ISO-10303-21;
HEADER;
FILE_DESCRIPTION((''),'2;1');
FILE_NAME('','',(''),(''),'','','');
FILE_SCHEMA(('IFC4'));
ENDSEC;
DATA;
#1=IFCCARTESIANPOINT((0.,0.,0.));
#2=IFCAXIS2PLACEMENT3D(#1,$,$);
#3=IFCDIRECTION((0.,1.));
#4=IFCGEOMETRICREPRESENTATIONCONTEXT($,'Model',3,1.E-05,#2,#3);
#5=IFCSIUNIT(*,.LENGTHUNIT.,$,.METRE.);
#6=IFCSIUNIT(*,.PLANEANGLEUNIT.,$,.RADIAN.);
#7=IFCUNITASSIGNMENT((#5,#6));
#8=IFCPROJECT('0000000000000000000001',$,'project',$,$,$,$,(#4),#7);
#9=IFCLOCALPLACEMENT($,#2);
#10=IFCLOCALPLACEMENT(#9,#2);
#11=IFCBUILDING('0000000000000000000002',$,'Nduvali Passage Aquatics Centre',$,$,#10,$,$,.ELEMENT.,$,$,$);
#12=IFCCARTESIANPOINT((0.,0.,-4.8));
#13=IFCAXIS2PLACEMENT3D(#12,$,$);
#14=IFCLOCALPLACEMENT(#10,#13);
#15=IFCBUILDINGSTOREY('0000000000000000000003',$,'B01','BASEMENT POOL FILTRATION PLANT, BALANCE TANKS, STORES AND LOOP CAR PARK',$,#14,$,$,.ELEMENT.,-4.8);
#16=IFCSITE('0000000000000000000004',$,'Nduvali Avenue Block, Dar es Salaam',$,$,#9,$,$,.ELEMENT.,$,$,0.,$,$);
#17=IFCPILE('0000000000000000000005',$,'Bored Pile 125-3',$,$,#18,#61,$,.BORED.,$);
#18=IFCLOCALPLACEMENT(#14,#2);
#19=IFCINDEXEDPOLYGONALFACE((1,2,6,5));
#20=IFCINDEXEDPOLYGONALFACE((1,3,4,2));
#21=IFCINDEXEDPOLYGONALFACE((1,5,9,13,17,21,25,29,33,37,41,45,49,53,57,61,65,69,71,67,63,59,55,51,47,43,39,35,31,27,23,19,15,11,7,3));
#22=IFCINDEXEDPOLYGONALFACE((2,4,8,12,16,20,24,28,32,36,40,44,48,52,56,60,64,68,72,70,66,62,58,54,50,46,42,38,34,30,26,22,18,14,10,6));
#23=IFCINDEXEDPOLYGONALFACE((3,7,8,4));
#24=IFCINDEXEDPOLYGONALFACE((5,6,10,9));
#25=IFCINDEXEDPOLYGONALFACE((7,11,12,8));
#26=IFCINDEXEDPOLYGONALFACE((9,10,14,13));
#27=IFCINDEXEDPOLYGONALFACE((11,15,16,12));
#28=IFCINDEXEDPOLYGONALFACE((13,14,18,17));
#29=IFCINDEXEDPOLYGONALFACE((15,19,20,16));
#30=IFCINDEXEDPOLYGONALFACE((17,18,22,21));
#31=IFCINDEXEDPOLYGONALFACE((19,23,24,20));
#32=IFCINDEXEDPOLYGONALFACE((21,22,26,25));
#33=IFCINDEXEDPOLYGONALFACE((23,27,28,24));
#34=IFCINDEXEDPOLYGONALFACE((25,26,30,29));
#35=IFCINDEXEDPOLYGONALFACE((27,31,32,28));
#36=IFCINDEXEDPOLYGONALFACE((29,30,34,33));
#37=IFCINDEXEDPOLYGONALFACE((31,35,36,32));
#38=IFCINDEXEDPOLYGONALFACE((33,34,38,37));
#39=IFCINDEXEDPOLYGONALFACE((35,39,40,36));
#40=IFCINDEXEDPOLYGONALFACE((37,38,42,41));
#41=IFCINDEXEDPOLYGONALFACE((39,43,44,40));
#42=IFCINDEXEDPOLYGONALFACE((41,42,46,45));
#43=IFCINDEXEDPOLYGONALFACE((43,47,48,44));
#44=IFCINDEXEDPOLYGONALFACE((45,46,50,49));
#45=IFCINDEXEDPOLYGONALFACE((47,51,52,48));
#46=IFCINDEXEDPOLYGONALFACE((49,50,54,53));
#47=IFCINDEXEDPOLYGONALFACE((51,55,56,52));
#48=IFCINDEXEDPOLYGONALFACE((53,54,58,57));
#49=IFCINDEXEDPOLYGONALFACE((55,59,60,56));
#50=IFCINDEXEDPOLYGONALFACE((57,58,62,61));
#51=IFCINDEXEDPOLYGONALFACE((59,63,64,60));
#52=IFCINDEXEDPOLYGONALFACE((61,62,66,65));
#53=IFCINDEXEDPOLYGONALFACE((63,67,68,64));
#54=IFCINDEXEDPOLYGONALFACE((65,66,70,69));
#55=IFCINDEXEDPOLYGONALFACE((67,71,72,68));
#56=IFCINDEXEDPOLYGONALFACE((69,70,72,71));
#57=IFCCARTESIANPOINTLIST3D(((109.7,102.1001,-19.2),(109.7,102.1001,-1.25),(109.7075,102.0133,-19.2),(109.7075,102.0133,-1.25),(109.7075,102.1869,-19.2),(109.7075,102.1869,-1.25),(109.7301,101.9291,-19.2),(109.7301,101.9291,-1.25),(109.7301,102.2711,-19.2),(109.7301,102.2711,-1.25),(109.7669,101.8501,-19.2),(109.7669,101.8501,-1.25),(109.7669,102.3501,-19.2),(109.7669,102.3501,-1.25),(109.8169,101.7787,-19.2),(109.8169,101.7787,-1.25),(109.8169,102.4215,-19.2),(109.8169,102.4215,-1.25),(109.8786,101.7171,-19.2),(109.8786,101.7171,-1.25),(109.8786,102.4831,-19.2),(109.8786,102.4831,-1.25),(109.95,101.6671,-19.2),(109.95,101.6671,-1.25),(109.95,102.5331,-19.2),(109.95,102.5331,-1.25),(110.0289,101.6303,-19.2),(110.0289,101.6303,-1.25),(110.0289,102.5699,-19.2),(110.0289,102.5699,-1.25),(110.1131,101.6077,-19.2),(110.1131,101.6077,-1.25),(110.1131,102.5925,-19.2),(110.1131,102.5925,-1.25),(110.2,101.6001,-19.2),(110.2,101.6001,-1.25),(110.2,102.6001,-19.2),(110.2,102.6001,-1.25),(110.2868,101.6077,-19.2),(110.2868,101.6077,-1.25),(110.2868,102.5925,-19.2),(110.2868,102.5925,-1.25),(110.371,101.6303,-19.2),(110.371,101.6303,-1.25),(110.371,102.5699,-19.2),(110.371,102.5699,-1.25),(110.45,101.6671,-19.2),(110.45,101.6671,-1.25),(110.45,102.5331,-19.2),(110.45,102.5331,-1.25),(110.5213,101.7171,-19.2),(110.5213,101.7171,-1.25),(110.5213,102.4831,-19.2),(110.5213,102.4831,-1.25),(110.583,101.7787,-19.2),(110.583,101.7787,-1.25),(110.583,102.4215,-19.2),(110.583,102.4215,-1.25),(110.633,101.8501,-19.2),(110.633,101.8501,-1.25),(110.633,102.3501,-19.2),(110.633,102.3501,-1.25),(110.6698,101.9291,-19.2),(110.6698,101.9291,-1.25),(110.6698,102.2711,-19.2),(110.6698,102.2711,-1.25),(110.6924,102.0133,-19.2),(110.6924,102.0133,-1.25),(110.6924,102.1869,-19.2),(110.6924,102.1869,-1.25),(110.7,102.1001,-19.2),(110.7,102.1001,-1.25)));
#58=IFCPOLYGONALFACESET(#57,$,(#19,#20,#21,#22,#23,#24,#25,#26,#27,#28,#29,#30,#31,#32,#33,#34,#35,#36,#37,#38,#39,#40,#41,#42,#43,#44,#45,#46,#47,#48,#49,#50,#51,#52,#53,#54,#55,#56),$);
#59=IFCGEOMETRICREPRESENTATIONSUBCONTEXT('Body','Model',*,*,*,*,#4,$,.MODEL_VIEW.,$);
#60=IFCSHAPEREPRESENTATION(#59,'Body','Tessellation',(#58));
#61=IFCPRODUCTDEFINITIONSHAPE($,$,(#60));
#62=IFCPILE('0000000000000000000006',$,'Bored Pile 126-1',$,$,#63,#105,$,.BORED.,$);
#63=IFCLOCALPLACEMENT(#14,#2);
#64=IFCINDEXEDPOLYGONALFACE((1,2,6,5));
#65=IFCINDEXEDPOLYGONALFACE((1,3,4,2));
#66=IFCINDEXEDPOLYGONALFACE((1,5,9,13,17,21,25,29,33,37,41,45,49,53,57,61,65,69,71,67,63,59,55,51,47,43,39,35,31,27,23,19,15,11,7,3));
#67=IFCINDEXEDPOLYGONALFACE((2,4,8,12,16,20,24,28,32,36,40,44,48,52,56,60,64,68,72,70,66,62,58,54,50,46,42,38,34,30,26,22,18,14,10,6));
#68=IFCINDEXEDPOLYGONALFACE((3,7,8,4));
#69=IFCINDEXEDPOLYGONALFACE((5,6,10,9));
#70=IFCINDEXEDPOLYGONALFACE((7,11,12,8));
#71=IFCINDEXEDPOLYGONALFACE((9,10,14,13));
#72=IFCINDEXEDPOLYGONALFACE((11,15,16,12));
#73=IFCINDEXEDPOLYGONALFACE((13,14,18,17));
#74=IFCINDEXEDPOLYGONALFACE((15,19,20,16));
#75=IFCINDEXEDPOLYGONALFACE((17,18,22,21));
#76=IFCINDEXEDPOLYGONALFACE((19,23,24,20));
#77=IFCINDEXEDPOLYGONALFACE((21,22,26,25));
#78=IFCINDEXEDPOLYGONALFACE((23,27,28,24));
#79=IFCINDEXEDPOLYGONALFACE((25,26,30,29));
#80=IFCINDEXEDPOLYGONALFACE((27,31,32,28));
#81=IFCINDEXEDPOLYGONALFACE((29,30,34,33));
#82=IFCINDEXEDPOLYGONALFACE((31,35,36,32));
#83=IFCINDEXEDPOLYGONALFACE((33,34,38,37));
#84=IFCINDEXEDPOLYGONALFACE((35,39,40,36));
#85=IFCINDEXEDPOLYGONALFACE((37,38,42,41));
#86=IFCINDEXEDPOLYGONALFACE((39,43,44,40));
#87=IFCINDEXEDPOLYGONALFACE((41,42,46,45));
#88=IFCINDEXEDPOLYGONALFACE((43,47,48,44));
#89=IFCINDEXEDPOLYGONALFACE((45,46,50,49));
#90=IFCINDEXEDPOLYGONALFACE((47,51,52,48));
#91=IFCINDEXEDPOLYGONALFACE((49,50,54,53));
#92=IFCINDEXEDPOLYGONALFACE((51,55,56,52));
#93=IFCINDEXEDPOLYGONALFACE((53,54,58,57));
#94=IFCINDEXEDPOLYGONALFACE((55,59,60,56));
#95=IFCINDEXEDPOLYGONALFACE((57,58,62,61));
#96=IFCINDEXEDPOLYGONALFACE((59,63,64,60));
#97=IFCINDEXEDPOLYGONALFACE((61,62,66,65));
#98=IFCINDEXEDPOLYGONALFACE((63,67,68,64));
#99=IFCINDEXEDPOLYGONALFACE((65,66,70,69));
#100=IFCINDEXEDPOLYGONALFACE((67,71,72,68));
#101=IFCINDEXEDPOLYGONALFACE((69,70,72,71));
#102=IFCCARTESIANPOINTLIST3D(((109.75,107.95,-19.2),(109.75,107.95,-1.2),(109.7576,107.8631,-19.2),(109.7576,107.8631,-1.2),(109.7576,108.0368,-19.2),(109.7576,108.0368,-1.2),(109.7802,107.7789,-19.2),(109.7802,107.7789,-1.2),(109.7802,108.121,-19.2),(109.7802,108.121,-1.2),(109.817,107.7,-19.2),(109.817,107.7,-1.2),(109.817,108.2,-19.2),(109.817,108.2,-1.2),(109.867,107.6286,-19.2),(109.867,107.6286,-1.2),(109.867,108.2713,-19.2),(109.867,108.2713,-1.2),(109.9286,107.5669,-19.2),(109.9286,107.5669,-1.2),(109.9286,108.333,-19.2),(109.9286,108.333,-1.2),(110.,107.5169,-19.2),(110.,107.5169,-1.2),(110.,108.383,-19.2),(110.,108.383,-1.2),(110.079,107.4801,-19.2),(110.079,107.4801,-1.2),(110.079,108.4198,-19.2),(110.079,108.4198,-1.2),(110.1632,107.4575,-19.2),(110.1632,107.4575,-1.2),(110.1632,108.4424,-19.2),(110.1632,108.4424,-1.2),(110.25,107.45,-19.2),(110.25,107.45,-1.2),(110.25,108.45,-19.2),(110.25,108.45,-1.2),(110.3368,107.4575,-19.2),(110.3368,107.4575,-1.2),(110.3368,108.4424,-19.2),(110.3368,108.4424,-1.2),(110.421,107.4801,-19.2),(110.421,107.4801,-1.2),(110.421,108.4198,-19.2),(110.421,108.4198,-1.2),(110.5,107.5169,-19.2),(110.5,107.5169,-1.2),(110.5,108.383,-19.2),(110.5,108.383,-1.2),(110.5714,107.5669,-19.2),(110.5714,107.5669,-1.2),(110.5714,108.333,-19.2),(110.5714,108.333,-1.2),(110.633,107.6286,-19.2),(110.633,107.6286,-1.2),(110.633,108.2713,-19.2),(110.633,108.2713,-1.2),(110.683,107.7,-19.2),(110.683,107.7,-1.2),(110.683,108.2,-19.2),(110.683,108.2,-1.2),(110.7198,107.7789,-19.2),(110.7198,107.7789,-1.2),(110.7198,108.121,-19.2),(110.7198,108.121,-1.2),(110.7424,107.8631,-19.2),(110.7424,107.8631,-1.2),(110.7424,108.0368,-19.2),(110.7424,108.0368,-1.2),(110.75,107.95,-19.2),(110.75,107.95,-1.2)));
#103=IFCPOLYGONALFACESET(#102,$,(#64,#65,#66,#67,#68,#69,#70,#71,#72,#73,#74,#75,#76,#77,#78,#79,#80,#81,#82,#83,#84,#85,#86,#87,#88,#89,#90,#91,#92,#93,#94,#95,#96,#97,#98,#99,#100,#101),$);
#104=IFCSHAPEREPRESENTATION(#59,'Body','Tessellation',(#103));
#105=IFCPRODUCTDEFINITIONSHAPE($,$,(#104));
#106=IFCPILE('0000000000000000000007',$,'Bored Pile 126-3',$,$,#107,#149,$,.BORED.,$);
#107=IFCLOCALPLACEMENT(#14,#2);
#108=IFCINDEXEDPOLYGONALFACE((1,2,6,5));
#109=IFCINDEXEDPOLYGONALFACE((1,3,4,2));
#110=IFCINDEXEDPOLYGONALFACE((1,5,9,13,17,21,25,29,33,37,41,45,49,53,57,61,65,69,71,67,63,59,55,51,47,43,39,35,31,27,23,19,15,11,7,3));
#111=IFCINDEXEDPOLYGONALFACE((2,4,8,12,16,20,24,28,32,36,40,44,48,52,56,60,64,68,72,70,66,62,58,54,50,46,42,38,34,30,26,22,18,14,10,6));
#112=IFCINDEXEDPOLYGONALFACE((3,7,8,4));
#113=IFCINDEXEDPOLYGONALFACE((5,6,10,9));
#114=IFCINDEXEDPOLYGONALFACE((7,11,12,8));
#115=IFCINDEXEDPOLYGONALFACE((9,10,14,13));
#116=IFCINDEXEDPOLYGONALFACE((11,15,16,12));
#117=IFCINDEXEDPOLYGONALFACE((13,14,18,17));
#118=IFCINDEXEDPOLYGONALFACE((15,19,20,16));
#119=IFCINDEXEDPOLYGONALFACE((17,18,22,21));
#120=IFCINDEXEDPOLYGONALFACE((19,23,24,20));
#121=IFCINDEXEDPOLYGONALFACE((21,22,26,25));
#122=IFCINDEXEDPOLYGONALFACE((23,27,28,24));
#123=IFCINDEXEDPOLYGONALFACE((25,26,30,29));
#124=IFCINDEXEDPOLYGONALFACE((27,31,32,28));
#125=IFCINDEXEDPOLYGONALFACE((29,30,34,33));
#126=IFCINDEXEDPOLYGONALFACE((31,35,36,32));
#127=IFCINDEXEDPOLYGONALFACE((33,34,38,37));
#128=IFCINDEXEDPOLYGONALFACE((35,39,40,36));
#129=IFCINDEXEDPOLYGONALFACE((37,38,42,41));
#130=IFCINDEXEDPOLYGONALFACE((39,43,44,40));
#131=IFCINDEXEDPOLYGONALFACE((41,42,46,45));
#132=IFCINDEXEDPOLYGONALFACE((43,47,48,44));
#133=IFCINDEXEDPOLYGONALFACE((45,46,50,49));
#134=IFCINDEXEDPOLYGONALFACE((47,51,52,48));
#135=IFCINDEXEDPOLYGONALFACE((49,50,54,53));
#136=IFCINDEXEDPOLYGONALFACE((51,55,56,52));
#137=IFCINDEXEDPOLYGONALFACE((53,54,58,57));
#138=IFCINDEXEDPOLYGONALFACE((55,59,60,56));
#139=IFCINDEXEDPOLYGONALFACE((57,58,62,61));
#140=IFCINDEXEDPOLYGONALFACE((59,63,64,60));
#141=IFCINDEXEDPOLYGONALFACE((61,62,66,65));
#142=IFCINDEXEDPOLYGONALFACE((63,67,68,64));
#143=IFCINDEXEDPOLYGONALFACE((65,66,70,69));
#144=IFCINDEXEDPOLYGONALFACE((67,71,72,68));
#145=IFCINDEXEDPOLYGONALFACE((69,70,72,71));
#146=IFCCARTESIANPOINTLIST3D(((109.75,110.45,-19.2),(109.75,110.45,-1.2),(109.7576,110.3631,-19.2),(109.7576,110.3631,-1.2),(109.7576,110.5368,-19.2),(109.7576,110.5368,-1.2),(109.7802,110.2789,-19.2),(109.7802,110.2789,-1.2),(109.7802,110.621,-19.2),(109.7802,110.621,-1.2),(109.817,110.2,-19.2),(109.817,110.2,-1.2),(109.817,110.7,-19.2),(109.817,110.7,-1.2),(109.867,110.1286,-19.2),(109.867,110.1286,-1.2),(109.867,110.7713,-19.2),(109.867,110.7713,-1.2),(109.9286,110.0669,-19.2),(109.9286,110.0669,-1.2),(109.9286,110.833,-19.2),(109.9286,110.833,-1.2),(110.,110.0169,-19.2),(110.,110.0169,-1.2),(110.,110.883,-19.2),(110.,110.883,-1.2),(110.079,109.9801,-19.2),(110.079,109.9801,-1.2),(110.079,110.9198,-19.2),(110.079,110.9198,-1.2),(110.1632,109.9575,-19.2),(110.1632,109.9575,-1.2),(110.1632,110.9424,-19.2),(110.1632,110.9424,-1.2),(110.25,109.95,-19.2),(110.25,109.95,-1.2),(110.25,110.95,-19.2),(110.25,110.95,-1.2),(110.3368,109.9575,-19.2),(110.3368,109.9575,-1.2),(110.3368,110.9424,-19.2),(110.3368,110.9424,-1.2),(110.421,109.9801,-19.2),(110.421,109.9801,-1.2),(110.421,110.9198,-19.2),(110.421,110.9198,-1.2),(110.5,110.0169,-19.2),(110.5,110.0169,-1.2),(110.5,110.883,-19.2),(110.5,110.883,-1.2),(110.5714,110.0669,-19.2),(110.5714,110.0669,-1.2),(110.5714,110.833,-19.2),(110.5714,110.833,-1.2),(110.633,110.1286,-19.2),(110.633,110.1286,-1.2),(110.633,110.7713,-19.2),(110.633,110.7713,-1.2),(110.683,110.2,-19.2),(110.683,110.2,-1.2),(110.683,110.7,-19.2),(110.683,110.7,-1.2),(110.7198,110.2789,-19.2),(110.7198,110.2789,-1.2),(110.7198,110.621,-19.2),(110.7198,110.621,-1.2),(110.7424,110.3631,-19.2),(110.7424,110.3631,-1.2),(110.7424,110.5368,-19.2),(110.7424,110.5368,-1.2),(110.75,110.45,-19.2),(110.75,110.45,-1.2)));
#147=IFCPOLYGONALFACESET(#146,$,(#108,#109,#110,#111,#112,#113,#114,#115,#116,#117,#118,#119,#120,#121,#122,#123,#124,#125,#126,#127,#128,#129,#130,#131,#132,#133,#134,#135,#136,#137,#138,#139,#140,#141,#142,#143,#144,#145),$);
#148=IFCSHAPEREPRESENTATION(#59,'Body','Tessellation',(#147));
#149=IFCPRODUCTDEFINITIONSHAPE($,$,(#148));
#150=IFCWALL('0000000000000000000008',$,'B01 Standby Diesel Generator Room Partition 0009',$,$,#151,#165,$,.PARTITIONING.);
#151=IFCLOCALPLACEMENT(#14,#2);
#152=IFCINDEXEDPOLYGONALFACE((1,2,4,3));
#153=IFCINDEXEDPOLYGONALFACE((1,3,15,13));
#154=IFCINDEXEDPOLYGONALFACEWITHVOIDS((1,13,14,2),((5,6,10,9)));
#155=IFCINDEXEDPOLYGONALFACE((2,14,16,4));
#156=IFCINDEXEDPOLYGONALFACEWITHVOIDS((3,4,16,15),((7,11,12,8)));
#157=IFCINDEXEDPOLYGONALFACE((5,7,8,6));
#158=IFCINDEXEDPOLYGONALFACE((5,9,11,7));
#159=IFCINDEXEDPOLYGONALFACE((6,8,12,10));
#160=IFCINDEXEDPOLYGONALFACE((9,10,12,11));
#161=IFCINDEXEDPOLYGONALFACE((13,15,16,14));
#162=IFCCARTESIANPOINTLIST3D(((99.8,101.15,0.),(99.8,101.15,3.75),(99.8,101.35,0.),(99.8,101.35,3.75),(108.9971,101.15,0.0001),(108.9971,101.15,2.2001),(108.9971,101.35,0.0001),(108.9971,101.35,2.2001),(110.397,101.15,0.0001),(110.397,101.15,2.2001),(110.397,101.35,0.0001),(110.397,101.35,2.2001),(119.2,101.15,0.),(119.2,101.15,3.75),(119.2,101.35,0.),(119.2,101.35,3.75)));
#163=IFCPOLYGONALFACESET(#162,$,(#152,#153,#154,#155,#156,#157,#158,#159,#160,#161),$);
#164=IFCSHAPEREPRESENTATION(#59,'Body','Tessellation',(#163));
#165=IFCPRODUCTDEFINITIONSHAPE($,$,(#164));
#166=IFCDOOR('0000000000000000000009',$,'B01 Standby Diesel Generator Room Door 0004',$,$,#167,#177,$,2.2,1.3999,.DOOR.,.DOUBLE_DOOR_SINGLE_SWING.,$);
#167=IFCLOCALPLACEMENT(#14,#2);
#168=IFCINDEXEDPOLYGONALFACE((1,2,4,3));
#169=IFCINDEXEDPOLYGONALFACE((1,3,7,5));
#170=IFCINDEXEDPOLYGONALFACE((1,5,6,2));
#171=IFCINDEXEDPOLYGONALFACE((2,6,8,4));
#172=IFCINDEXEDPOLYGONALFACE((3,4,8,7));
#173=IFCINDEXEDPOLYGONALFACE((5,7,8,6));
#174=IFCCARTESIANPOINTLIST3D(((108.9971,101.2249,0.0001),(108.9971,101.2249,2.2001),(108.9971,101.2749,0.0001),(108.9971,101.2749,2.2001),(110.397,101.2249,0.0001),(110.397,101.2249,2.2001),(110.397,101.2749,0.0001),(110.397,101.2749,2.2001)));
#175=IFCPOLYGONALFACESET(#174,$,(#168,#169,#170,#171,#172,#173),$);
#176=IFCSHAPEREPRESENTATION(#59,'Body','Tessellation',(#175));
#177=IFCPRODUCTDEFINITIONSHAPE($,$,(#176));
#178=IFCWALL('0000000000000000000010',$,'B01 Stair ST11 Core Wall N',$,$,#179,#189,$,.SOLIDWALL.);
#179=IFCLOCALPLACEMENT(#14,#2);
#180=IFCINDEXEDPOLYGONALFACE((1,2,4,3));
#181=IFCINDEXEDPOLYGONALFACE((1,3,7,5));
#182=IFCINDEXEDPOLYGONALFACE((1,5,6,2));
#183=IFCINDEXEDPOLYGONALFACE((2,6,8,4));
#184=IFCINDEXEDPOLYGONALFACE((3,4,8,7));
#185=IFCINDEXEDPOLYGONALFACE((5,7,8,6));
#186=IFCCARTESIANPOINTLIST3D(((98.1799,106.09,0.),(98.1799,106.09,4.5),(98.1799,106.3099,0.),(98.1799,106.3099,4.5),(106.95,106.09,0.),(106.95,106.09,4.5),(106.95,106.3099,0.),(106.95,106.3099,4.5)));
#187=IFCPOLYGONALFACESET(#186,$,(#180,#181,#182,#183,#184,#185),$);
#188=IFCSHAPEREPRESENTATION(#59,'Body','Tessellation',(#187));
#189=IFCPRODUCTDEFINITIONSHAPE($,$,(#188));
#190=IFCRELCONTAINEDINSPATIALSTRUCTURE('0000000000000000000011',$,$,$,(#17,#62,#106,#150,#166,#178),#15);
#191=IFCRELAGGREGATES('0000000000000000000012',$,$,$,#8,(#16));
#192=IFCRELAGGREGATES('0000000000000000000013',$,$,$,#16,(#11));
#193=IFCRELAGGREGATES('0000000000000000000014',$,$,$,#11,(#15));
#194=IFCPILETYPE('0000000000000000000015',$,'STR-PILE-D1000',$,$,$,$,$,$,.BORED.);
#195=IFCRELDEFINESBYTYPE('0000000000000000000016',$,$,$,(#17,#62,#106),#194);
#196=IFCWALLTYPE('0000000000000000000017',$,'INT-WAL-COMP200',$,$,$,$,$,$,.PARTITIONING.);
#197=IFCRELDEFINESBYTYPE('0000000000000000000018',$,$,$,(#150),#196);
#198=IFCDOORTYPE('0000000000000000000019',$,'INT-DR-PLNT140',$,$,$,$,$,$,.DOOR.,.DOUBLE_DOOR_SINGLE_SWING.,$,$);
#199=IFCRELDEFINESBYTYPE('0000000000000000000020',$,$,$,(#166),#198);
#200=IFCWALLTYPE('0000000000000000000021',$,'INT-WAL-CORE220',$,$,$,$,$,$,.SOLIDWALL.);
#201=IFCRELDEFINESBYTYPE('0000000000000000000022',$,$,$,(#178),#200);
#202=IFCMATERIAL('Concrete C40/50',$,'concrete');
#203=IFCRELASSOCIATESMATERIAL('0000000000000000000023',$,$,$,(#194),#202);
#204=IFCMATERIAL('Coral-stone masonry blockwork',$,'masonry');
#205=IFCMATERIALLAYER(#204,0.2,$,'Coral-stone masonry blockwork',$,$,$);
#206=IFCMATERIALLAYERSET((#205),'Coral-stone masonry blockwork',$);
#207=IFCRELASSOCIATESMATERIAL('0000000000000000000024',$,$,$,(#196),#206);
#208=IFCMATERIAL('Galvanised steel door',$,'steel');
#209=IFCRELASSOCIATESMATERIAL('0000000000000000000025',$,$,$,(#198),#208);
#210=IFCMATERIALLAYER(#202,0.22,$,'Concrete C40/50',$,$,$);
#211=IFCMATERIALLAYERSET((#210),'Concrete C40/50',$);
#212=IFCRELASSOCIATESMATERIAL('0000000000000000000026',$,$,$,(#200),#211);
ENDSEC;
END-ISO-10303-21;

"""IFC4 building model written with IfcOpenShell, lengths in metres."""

from ifc_helpers import new_model, si_unit, direction, frame, frame_2d, origin, origin_2d, place, context, subcontext, project, spatial, rectangle, circle, extrude, material, layer, layer_set, material_profile, profile_set, type_object, element, fill, save


model = new_model("IFC4")

# Units and contexts
model_context = context("Model", 3, precision=1e-05, world=origin(), true_north=direction((0.0, 1.0)))
body_context = subcontext(model_context, "Body", "Model", "MODEL_VIEW")
ifc_project = project(units=[si_unit("LENGTHUNIT", "METRE"), si_unit("PLANEANGLEUNIT", "RADIAN")], contexts=[model_context])

# Site, building, storey
site_placement = place(None, origin())
site = spatial("IfcSite", under=ifc_project, at=site_placement, Name="Nduvali Avenue Block, Dar es Salaam", CompositionType="ELEMENT", RefElevation=0.0)
building_placement = place(site_placement, origin())
building = spatial("IfcBuilding", under=site, at=building_placement, Name="Nduvali Passage Aquatics Centre", CompositionType="ELEMENT")
storey_placement = place(building_placement, frame((0.0, 0.0, -4.8)))
storey = spatial("IfcBuildingStorey", under=building, at=storey_placement, Name="B01", Description="BASEMENT POOL FILTRATION PLANT, BALANCE TANKS, STORES AND LOOP CAR PARK", CompositionType="ELEMENT", Elevation=-4.8)

# Shared definitions
ifc_material_1 = material(Name="Concrete C40/50", Category="concrete")

# Piles
ifc_material_profile = material_profile(ifc_material_1, circle(Radius=0.5, at=origin_2d()), Name="PILE D1000")
ifc_profile_set = profile_set([ifc_material_profile], Name="Concrete C40/50")
pile_type = type_object("IfcPileType", Name="STR-PILE-D1000", PredefinedType="BORED", material=ifc_profile_set)
pile_1_placement = place(storey_placement, frame((110.2, 102.1001, -1.25), z_axis=(0.0, 0.0, -1.0), x_axis=(1.0, 0.0, 0.0)))
element("IfcPile", 1, at=pile_1_placement, inside=storey, type_object=pile_type, Name="Bored Pile 125-3", PredefinedType="BORED", context=body_context, shape_type="SweptSolid", body=[
    extrude(circle(Radius=0.5, at=origin_2d()), origin(), (0.0, 0.0, 1.0), 17.95),
])
for number, where, z_axis, x_axis, name in (
    (2, (110.25, 107.95, -1.2), (0.0, 0.0, -1.0), (1.0, 0.0, 0.0), "Bored Pile 126-1"),
    (3, (110.25, 110.45, -1.2), (0.0, 0.0, -1.0), (1.0, 0.0, 0.0), "Bored Pile 126-3"),
):
    element("IfcPile", number, at=place(storey_placement, frame(where, z_axis=z_axis, x_axis=x_axis)), inside=storey, type_object=pile_type, Name=name, PredefinedType="BORED", context=body_context, shape_type="SweptSolid", body=[
        extrude(circle(Radius=0.5, at=origin_2d()), origin(), (0.0, 0.0, 1.0), 18.0),
    ])

# Wall, opening, door
ifc_material_2 = material(Name="Coral-stone masonry blockwork", Category="masonry")
ifc_layer_1 = layer(ifc_material_2, 0.2, Name="Coral-stone masonry blockwork")
ifc_layer_set_1 = layer_set([ifc_layer_1], Name="Coral-stone masonry blockwork")
wall_type_1 = type_object("IfcWallType", Name="INT-WAL-COMP200", PredefinedType="PARTITIONING", material=ifc_layer_set_1)
wall_1_placement = place(storey_placement, frame((99.8, 101.25, 0.0), z_axis=(0.0, 0.0, 1.0), x_axis=(1.0, 0.0, 0.0)))
wall_1 = element("IfcWall", 4, at=wall_1_placement, inside=storey, type_object=wall_type_1, Name="B01 Standby Diesel Generator Room Partition 0009", PredefinedType="PARTITIONING", context=body_context, shape_type="SweptSolid", body=[
    extrude(rectangle(XDim=19.3999, YDim=0.2, at=frame_2d((9.7, 0.0))), origin(), (0.0, 0.0, 1.0), 3.75),
])
opening_1_placement = place(wall_1_placement, frame((9.197, 0.0, 0.0)))
opening_1 = element("IfcOpeningElement", 5, at=opening_1_placement, cuts=wall_1, PredefinedType="OPENING", context=body_context, shape_type="SweptSolid", body=[
    extrude(rectangle(XDim=1.3999, YDim=2.2, at=frame_2d((0.7, 1.1001))), frame((0.0, 0.1147, 0.0), z_axis=(0.0, -1.0, 0.0), x_axis=(1.0, 0.0, 0.0)), (0.0, 0.0, 1.0), 0.2297),
])
ifc_material_3 = material(Name="Galvanised steel door", Category="steel")
door_type_1 = type_object("IfcDoorType", Name="INT-DR-PLNT140", OperationType="DOUBLE_DOOR_SINGLE_SWING", PredefinedType="DOOR", material=ifc_material_3)
door_1_placement = place(opening_1_placement, origin())
door_1 = element("IfcDoor", 6, at=door_1_placement, inside=storey, type_object=door_type_1, Name="B01 Standby Diesel Generator Room Door 0004", OperationType="DOUBLE_DOOR_SINGLE_SWING", OverallHeight=2.2, OverallWidth=1.3999, PredefinedType="DOOR", context=body_context, shape_type="SweptSolid", body=[
    extrude(rectangle(XDim=1.3999, YDim=2.2, at=frame_2d((0.7, 1.1001))), frame((0.0, 0.0249, 0.0), z_axis=(0.0, -1.0, 0.0), x_axis=(1.0, 0.0, 0.0)), (0.0, 0.0, 1.0), 0.05),
])
fill(opening_1, door_1)

# Wall
ifc_layer_2 = layer(ifc_material_1, 0.22, Name="Concrete C40/50")
ifc_layer_set_2 = layer_set([ifc_layer_2], Name="Concrete C40/50")
wall_type_2 = type_object("IfcWallType", Name="INT-WAL-CORE220", PredefinedType="SOLIDWALL", material=ifc_layer_set_2)
wall_2_placement = place(storey_placement, frame((106.95, 106.2, 0.0), z_axis=(0.0, 0.0, 1.0), x_axis=(-1.0, 0.0, 0.0)))
element("IfcWall", 7, at=wall_2_placement, inside=storey, type_object=wall_type_2, Name="B01 Stair ST11 Core Wall N", PredefinedType="SOLIDWALL", context=body_context, shape_type="SweptSolid", body=[
    extrude(rectangle(XDim=8.77, YDim=0.22, at=frame_2d((4.385, 0.0))), origin(), (0.0, 0.0, 1.0), 4.5),
])

save(model, "model.ifc")
